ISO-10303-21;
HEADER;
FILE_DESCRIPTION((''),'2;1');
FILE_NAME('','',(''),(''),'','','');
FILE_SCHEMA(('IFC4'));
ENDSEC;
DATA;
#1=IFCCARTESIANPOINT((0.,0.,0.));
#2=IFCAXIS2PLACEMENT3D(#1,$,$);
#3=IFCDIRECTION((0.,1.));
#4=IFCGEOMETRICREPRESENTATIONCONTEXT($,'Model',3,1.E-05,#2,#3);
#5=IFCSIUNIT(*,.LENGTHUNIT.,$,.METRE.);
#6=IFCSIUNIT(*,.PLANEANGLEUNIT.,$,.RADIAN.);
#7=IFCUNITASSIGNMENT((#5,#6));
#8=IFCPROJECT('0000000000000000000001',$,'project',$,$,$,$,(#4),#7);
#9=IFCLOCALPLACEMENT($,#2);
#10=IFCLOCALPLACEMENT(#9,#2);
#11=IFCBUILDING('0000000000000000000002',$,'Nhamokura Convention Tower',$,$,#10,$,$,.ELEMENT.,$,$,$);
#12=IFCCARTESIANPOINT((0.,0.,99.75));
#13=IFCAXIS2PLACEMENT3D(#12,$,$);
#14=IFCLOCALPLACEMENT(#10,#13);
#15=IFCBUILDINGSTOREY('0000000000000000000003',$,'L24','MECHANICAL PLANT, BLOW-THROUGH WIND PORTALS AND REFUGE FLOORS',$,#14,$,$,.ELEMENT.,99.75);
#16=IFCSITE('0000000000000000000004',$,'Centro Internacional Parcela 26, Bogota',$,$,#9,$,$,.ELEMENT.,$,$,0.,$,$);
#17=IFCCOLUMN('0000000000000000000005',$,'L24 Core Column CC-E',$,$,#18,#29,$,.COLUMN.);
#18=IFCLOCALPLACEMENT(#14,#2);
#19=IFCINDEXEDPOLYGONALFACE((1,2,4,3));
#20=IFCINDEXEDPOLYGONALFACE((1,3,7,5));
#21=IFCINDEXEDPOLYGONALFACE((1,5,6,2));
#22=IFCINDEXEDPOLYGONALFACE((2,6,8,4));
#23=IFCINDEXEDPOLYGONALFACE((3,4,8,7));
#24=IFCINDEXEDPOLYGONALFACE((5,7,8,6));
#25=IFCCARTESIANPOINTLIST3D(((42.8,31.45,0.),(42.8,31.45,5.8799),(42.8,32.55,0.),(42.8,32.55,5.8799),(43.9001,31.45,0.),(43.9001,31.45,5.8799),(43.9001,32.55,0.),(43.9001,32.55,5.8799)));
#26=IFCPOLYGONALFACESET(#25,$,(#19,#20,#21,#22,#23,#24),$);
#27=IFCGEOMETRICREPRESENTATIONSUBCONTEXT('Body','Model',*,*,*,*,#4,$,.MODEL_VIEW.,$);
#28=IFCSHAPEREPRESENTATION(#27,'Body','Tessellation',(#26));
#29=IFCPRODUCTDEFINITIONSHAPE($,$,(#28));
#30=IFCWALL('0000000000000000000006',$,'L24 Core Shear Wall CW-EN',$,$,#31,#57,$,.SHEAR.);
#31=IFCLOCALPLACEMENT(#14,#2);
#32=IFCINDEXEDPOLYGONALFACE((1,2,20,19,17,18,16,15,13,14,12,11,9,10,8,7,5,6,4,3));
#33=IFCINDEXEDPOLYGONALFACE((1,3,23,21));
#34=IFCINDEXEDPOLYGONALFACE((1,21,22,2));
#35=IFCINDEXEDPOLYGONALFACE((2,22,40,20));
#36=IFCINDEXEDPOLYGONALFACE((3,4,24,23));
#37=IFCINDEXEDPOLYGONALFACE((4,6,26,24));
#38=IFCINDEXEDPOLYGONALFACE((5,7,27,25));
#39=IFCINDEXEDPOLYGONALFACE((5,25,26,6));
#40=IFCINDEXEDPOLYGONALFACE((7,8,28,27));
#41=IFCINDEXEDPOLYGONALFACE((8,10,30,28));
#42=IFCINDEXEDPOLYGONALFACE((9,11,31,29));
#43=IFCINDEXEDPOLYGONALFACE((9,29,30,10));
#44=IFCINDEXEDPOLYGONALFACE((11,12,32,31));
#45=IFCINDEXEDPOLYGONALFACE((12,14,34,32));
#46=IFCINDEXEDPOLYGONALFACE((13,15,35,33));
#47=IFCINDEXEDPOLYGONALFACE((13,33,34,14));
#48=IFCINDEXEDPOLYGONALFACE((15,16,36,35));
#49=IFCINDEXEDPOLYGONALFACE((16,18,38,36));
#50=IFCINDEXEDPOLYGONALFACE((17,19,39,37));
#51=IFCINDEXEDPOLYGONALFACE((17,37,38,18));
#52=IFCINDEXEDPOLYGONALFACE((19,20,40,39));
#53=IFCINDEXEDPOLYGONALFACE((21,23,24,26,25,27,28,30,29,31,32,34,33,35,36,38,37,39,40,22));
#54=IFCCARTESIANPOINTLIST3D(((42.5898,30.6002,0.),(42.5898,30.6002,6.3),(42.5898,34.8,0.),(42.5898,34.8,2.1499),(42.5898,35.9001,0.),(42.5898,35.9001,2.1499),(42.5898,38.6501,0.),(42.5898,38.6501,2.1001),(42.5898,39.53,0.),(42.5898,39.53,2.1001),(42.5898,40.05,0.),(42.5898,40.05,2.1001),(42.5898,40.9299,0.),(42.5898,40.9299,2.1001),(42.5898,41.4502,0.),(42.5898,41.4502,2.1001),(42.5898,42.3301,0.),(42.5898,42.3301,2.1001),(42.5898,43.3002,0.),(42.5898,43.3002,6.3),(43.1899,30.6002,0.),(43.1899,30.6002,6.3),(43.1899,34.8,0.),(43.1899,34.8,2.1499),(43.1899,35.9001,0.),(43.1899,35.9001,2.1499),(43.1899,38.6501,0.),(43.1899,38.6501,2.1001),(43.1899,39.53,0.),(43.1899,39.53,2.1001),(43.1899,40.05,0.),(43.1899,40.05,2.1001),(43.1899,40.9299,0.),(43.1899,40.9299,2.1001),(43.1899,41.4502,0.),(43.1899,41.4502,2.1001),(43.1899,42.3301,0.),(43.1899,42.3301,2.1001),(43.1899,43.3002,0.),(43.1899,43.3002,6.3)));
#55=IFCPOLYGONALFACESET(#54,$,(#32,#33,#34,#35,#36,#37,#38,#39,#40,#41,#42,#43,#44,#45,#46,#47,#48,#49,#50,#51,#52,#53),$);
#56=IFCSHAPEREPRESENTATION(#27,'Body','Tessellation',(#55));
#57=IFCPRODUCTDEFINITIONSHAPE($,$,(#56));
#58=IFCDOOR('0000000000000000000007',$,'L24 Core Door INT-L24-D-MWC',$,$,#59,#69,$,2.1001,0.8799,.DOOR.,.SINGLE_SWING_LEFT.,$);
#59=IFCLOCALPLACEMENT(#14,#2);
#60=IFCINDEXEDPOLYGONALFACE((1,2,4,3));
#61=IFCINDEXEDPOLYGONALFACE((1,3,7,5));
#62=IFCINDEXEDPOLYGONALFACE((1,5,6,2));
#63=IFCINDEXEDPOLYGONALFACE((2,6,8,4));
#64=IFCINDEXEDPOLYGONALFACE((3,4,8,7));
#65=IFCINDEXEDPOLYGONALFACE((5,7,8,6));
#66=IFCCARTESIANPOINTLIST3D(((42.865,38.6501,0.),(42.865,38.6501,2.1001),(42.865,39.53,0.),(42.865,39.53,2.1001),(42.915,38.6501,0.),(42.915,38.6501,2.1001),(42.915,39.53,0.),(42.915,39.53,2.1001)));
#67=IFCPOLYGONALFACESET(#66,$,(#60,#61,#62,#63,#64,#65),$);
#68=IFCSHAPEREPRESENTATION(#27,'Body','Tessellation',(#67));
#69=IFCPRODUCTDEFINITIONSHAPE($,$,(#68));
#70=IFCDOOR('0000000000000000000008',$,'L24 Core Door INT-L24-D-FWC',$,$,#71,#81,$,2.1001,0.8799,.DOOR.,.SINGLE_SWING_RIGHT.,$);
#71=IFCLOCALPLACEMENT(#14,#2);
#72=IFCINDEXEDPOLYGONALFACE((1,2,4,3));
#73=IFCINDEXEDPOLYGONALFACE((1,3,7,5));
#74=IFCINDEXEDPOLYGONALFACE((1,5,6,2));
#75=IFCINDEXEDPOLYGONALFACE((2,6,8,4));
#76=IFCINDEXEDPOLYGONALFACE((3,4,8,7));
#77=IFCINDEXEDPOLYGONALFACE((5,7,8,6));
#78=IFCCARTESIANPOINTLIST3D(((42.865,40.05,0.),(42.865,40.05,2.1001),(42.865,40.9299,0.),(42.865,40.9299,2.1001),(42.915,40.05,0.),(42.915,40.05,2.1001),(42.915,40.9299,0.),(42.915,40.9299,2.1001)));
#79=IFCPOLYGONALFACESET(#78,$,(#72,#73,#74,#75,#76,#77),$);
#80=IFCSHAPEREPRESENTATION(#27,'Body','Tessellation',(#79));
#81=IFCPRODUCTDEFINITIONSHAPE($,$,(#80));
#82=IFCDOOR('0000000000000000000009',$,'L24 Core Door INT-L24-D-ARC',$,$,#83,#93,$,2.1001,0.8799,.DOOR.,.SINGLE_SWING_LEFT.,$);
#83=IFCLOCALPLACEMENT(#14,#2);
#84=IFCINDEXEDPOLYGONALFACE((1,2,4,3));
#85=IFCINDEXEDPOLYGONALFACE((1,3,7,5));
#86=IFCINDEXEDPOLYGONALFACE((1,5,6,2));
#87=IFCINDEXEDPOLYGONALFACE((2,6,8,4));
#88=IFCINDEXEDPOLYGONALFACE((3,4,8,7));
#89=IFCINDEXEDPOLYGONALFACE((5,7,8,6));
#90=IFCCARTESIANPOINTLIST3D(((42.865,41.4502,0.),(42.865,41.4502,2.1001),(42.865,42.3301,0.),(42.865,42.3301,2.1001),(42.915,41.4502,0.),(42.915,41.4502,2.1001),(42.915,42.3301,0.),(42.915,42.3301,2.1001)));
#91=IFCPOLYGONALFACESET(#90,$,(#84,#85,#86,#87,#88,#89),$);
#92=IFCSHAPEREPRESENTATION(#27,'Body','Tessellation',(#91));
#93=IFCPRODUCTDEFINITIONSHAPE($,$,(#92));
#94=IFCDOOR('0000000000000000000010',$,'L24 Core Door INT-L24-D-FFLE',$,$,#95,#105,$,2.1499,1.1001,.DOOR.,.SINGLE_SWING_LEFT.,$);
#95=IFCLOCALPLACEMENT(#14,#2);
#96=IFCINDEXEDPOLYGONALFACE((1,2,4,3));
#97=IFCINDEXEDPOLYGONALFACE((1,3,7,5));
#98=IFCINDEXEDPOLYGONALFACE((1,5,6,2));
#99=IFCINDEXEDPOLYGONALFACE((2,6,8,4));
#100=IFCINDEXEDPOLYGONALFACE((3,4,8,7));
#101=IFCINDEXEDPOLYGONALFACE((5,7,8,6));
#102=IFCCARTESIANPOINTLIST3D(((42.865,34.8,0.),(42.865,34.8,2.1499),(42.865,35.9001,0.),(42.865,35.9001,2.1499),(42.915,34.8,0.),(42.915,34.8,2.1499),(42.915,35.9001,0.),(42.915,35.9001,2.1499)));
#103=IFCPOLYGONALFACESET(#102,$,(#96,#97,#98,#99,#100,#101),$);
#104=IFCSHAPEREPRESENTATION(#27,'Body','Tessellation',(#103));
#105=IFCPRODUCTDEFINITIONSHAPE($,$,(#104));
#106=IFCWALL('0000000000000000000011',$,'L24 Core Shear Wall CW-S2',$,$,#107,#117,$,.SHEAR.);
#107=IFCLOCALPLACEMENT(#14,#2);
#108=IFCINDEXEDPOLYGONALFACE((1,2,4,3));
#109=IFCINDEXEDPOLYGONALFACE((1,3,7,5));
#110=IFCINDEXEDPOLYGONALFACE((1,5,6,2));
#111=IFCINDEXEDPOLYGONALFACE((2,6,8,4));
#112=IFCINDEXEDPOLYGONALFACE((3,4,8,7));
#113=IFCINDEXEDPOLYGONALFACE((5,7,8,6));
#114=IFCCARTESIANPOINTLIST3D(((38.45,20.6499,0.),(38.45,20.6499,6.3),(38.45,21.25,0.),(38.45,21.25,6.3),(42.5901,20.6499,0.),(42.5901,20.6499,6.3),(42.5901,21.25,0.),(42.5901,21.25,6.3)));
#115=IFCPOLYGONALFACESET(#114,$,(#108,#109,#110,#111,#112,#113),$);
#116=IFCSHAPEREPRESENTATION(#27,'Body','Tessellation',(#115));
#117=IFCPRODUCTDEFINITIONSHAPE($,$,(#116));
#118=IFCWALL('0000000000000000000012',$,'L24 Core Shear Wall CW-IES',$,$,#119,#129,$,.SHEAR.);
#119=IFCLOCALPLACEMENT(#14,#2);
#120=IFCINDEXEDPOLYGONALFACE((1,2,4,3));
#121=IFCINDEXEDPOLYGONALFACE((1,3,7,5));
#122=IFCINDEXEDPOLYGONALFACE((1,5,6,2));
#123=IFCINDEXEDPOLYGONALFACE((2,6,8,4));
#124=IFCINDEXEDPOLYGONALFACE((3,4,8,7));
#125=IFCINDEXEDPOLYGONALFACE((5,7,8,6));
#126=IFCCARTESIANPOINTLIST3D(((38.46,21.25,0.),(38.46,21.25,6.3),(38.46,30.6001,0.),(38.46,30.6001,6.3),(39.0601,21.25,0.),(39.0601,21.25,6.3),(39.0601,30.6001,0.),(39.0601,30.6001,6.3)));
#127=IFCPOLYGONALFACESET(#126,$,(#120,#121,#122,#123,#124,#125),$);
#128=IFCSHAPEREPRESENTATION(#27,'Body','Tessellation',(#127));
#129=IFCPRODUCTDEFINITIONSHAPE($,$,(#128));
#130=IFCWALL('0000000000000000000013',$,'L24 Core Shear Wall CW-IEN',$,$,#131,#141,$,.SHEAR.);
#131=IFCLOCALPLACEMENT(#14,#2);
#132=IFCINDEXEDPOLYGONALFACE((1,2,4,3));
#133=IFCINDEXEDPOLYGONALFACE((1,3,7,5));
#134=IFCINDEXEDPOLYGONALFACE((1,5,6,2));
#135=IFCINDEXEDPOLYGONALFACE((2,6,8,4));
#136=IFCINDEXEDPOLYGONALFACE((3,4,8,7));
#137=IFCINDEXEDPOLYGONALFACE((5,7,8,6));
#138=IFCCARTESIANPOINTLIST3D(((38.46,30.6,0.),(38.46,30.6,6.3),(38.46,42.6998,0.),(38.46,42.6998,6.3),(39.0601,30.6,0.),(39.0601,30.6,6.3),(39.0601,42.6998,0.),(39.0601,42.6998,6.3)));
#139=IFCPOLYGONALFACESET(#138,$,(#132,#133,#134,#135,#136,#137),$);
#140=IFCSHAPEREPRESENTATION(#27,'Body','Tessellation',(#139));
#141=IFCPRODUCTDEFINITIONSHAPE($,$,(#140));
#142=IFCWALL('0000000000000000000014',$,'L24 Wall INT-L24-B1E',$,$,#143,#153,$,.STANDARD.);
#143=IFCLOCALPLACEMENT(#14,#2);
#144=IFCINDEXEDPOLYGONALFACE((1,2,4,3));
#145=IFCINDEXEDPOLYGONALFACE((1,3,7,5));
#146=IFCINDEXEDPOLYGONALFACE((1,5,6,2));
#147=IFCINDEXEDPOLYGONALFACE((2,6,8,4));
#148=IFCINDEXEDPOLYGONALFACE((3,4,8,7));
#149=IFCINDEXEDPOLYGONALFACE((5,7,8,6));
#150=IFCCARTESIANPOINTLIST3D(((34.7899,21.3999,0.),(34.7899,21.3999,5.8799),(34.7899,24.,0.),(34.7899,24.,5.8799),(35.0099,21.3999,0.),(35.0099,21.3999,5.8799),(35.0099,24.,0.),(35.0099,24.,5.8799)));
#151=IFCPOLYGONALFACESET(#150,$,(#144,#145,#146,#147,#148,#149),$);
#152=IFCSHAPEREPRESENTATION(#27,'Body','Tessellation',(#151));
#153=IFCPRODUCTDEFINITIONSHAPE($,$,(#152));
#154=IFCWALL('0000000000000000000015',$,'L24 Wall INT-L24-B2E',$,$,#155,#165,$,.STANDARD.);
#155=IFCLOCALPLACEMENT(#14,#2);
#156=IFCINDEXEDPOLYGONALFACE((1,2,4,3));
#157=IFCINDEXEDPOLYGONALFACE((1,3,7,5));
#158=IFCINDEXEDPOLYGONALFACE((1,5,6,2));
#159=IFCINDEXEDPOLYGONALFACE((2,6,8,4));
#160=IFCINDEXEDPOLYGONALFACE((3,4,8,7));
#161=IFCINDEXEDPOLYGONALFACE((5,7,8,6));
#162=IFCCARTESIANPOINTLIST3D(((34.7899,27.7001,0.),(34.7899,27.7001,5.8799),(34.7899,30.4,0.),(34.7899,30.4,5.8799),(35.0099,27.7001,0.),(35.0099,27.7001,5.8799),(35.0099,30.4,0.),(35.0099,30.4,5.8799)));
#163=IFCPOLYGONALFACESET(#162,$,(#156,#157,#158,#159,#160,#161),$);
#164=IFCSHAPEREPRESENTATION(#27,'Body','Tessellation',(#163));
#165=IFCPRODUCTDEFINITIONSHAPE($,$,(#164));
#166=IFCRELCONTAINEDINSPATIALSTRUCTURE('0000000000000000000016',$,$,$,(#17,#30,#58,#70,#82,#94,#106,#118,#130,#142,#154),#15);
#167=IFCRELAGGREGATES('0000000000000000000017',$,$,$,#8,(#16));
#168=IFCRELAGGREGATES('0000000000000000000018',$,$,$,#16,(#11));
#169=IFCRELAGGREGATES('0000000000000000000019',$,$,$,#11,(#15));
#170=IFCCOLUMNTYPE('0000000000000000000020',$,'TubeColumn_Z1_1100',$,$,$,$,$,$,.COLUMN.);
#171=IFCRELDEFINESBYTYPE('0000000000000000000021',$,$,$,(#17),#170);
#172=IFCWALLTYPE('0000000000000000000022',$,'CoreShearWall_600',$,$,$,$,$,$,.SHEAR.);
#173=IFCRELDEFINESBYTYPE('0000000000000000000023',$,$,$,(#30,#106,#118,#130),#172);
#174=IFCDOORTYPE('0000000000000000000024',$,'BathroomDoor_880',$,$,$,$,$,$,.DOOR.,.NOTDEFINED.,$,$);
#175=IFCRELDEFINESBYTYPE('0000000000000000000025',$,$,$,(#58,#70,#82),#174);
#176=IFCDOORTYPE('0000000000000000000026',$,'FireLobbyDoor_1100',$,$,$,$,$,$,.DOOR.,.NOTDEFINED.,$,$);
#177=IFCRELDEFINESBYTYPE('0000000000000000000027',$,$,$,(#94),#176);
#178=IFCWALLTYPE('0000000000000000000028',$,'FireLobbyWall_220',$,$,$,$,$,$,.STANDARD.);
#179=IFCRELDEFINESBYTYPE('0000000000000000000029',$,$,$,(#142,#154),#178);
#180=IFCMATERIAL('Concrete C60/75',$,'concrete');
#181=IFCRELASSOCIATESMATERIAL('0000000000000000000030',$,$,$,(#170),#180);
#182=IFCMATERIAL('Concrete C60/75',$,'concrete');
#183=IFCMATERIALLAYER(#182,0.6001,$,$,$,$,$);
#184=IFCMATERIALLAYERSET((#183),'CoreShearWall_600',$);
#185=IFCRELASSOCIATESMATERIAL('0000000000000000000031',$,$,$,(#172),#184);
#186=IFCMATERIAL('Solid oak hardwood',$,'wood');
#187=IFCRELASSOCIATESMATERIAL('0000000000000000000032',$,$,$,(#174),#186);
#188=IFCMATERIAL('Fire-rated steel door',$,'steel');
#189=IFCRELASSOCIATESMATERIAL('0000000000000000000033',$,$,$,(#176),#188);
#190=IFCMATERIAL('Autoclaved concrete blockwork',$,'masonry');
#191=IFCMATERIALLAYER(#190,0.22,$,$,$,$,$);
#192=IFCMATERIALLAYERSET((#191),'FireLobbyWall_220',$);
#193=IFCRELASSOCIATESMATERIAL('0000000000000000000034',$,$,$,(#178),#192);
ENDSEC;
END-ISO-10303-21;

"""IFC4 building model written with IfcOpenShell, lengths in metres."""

from ifc_helpers import new_model, si_unit, direction, frame, frame_2d, origin, origin_2d, place, context, subcontext, project, spatial, rectangle, extrude, material, layer, layer_set, material_profile, profile_set, type_object, element, fill, save


model = new_model("IFC4")

# Units and contexts
model_context = context("Model", 3, precision=1e-05, world=origin(), true_north=direction((0.0, 1.0)))
body_context = subcontext(model_context, "Body", "Model", "MODEL_VIEW")
ifc_project = project(units=[si_unit("LENGTHUNIT", "METRE"), si_unit("PLANEANGLEUNIT", "RADIAN")], contexts=[model_context])

# Site, building, storey
site_placement = place(None, origin())
site = spatial("IfcSite", under=ifc_project, at=site_placement, Name="Centro Internacional Parcela 26, Bogota", CompositionType="ELEMENT", RefElevation=0.0)
building_placement = place(site_placement, origin())
building = spatial("IfcBuilding", under=site, at=building_placement, Name="Nhamokura Convention Tower", CompositionType="ELEMENT")
storey_placement = place(building_placement, frame((0.0, 0.0, 99.75)))
storey = spatial("IfcBuildingStorey", under=building, at=storey_placement, Name="L24", Description="MECHANICAL PLANT, BLOW-THROUGH WIND PORTALS AND REFUGE FLOORS", CompositionType="ELEMENT", Elevation=99.75)

# Column
ifc_material_1 = material(Name="Concrete C60/75", Category="concrete")
ifc_material_profile = material_profile(ifc_material_1, rectangle(XDim=1.1001, YDim=1.1001, at=origin_2d()))
ifc_profile_set = profile_set([ifc_material_profile], Name="Concrete C60/75")
column_type = type_object("IfcColumnType", Name="TubeColumn_Z1_1100", PredefinedType="COLUMN", material=ifc_profile_set)
column_placement = place(storey_placement, frame((43.3501, 32.0, 0.0), z_axis=(0.0, 0.0, 1.0), x_axis=(1.0, 0.0, 0.0)))
element("IfcColumn", 1, at=column_placement, inside=storey, type_object=column_type, Name="L24 Core Column CC-E", PredefinedType="COLUMN", context=body_context, shape_type="SweptSolid", body=[
    extrude(rectangle(XDim=1.1001, YDim=1.1001, at=origin_2d()), origin(), (0.0, 0.0, 1.0), 5.8799),
])

# Wall, openings, doors
ifc_material_2 = material(Name="Concrete C60/75", Category="concrete")
ifc_layer_1 = layer(ifc_material_2, 0.6001)
ifc_layer_set_1 = layer_set([ifc_layer_1], Name="CoreShearWall_600")
wall_type_1 = type_object("IfcWallType", Name="CoreShearWall_600", PredefinedType="SHEAR", material=ifc_layer_set_1)
wall_1_placement = place(storey_placement, frame((42.8899, 30.6001, 0.0), z_axis=(0.0, 0.0, 1.0), x_axis=(0.0, 1.0, 0.0)))
wall_1 = element("IfcWall", 2, at=wall_1_placement, inside=storey, type_object=wall_type_1, Name="L24 Core Shear Wall CW-EN", PredefinedType="SHEAR", context=body_context, shape_type="SweptSolid", body=[
    extrude(rectangle(XDim=12.7, YDim=0.6001, at=frame_2d((6.3501, 0.0))), origin(), (0.0, 0.0, 1.0), 6.3),
])
opening_1_placement = place(wall_1_placement, frame((4.2, 0.0, 0.0)))
opening_1 = element("IfcOpeningElement", 3, at=opening_1_placement, cuts=wall_1, PredefinedType="OPENING", context=body_context, shape_type="SweptSolid", body=[
    extrude(rectangle(XDim=1.1001, YDim=2.1499, at=frame_2d((0.55, 1.075))), frame((0.0, 0.3101, 0.0), z_axis=(0.0, -1.0, 0.0), x_axis=(1.0, 0.0, 0.0)), (0.0, 0.0, 1.0), 0.6201),
])
opening_2_placement = place(wall_1_placement, frame((8.05, 0.0, 0.0)))
opening_2 = element("IfcOpeningElement", 4, at=opening_2_placement, cuts=wall_1, PredefinedType="OPENING", context=body_context, shape_type="SweptSolid", body=[
    extrude(rectangle(XDim=0.8799, YDim=2.1001, at=frame_2d((0.4399, 1.05))), frame((0.0, 0.3101, 0.0), z_axis=(0.0, -1.0, 0.0), x_axis=(1.0, 0.0, 0.0)), (0.0, 0.0, 1.0), 0.6201),
])
opening_3_placement = place(wall_1_placement, frame((9.45, 0.0, 0.0)))
opening_3 = element("IfcOpeningElement", 5, at=opening_3_placement, cuts=wall_1, PredefinedType="OPENING", context=body_context, shape_type="SweptSolid", body=[
    extrude(rectangle(XDim=0.8799, YDim=2.1001, at=frame_2d((0.4399, 1.05))), frame((0.0, 0.3101, 0.0), z_axis=(0.0, -1.0, 0.0), x_axis=(1.0, 0.0, 0.0)), (0.0, 0.0, 1.0), 0.6201),
])
opening_4_placement = place(wall_1_placement, frame((10.8501, 0.0, 0.0)))
opening_4 = element("IfcOpeningElement", 6, at=opening_4_placement, cuts=wall_1, PredefinedType="OPENING", context=body_context, shape_type="SweptSolid", body=[
    extrude(rectangle(XDim=0.8799, YDim=2.1001, at=frame_2d((0.4399, 1.05))), frame((0.0, 0.3101, 0.0), z_axis=(0.0, -1.0, 0.0), x_axis=(1.0, 0.0, 0.0)), (0.0, 0.0, 1.0), 0.6201),
])
ifc_material_3 = material(Name="Solid oak hardwood", Category="wood")
door_type_1 = type_object("IfcDoorType", Name="BathroomDoor_880", OperationType="NOTDEFINED", PredefinedType="DOOR", material=ifc_material_3)
door_1_placement = place(opening_2_placement, origin())
door_1 = element("IfcDoor", 7, at=door_1_placement, inside=storey, type_object=door_type_1, Name="L24 Core Door INT-L24-D-MWC", OperationType="SINGLE_SWING_LEFT", OverallHeight=2.1001, OverallWidth=0.8799, PredefinedType="DOOR", context=body_context, shape_type="SweptSolid", body=[
    extrude(rectangle(XDim=0.8799, YDim=2.1001, at=frame_2d((0.4399, 1.05))), frame((0.0, 0.0249, 0.0), z_axis=(0.0, -1.0, 0.0), x_axis=(1.0, 0.0, 0.0)), (0.0, 0.0, 1.0), 0.05),
])
fill(opening_2, door_1)
door_2_placement = place(opening_3_placement, origin())
door_2 = element("IfcDoor", 8, at=door_2_placement, inside=storey, type_object=door_type_1, Name="L24 Core Door INT-L24-D-FWC", OperationType="SINGLE_SWING_RIGHT", OverallHeight=2.1001, OverallWidth=0.8799, PredefinedType="DOOR", context=body_context, shape_type="SweptSolid", body=[
    extrude(rectangle(XDim=0.8799, YDim=2.1001, at=frame_2d((0.4399, 1.05))), frame((0.0, 0.0249, 0.0), z_axis=(0.0, -1.0, 0.0), x_axis=(1.0, 0.0, 0.0)), (0.0, 0.0, 1.0), 0.05),
])
fill(opening_3, door_2)
door_3_placement = place(opening_4_placement, origin())
door_3 = element("IfcDoor", 9, at=door_3_placement, inside=storey, type_object=door_type_1, Name="L24 Core Door INT-L24-D-ARC", OperationType="SINGLE_SWING_LEFT", OverallHeight=2.1001, OverallWidth=0.8799, PredefinedType="DOOR", context=body_context, shape_type="SweptSolid", body=[
    extrude(rectangle(XDim=0.8799, YDim=2.1001, at=frame_2d((0.4399, 1.05))), frame((0.0, 0.0249, 0.0), z_axis=(0.0, -1.0, 0.0), x_axis=(1.0, 0.0, 0.0)), (0.0, 0.0, 1.0), 0.05),
])
fill(opening_4, door_3)
ifc_material_4 = material(Name="Fire-rated steel door", Category="steel")
door_type_2 = type_object("IfcDoorType", Name="FireLobbyDoor_1100", OperationType="NOTDEFINED", PredefinedType="DOOR", material=ifc_material_4)
door_4_placement = place(opening_1_placement, origin())
door_4 = element("IfcDoor", 10, at=door_4_placement, inside=storey, type_object=door_type_2, Name="L24 Core Door INT-L24-D-FFLE", OperationType="SINGLE_SWING_LEFT", OverallHeight=2.1499, OverallWidth=1.1001, PredefinedType="DOOR", context=body_context, shape_type="SweptSolid", body=[
    extrude(rectangle(XDim=1.1001, YDim=2.1499, at=frame_2d((0.55, 1.075))), frame((0.0, 0.0249, 0.0), z_axis=(0.0, -1.0, 0.0), x_axis=(1.0, 0.0, 0.0)), (0.0, 0.0, 1.0), 0.05),
])
fill(opening_1, door_4)

# Walls
wall_2_placement = place(storey_placement, frame((38.45, 20.95, 0.0), z_axis=(0.0, 0.0, 1.0), x_axis=(1.0, 0.0, 0.0)))
element("IfcWall", 11, at=wall_2_placement, inside=storey, type_object=wall_type_1, Name="L24 Core Shear Wall CW-S2", PredefinedType="SHEAR", context=body_context, shape_type="SweptSolid", body=[
    extrude(rectangle(XDim=4.1401, YDim=0.6001, at=frame_2d((2.0701, 0.0))), origin(), (0.0, 0.0, 1.0), 6.3),
])
wall_3_placement = place(storey_placement, frame((38.76, 21.25, 0.0), z_axis=(0.0, 0.0, 1.0), x_axis=(0.0, 1.0, 0.0)))
element("IfcWall", 12, at=wall_3_placement, inside=storey, type_object=wall_type_1, Name="L24 Core Shear Wall CW-IES", PredefinedType="SHEAR", context=body_context, shape_type="SweptSolid", body=[
    extrude(rectangle(XDim=9.3501, YDim=0.6001, at=frame_2d((4.675, 0.0))), origin(), (0.0, 0.0, 1.0), 6.3),
])
wall_4_placement = place(storey_placement, frame((38.76, 30.6001, 0.0), z_axis=(0.0, 0.0, 1.0), x_axis=(0.0, 1.0, 0.0)))
element("IfcWall", 13, at=wall_4_placement, inside=storey, type_object=wall_type_1, Name="L24 Core Shear Wall CW-IEN", PredefinedType="SHEAR", context=body_context, shape_type="SweptSolid", body=[
    extrude(rectangle(XDim=12.0999, YDim=0.6001, at=frame_2d((6.0498, 0.0))), origin(), (0.0, 0.0, 1.0), 6.3),
])

# Shared definitions
ifc_material_5 = material(Name="Autoclaved concrete blockwork", Category="masonry")
ifc_layer_2 = layer(ifc_material_5, 0.22)
ifc_layer_set_2 = layer_set([ifc_layer_2], Name="FireLobbyWall_220")
wall_type_2 = type_object("IfcWallType", Name="FireLobbyWall_220", PredefinedType="STANDARD", material=ifc_layer_set_2)

# Walls
wall_5_placement = place(storey_placement, frame((34.8999, 21.3999, 0.0), z_axis=(0.0, 0.0, 1.0), x_axis=(0.0, 1.0, 0.0)))
element("IfcWall", 14, at=wall_5_placement, inside=storey, type_object=wall_type_2, Name="L24 Wall INT-L24-B1E", PredefinedType="STANDARD", context=body_context, shape_type="SweptSolid", body=[
    extrude(rectangle(XDim=2.6001, YDim=0.22, at=frame_2d((1.3, 0.0))), origin(), (0.0, 0.0, 1.0), 5.8799),
])
wall_6_placement = place(storey_placement, frame((34.8999, 27.7, 0.0), z_axis=(0.0, 0.0, 1.0), x_axis=(0.0, 1.0, 0.0)))
element("IfcWall", 15, at=wall_6_placement, inside=storey, type_object=wall_type_2, Name="L24 Wall INT-L24-B2E", PredefinedType="STANDARD", context=body_context, shape_type="SweptSolid", body=[
    extrude(rectangle(XDim=2.7, YDim=0.22, at=frame_2d((1.3501, 0.0))), origin(), (0.0, 0.0, 1.0), 5.8799),
])

save(model, "model.ifc")
